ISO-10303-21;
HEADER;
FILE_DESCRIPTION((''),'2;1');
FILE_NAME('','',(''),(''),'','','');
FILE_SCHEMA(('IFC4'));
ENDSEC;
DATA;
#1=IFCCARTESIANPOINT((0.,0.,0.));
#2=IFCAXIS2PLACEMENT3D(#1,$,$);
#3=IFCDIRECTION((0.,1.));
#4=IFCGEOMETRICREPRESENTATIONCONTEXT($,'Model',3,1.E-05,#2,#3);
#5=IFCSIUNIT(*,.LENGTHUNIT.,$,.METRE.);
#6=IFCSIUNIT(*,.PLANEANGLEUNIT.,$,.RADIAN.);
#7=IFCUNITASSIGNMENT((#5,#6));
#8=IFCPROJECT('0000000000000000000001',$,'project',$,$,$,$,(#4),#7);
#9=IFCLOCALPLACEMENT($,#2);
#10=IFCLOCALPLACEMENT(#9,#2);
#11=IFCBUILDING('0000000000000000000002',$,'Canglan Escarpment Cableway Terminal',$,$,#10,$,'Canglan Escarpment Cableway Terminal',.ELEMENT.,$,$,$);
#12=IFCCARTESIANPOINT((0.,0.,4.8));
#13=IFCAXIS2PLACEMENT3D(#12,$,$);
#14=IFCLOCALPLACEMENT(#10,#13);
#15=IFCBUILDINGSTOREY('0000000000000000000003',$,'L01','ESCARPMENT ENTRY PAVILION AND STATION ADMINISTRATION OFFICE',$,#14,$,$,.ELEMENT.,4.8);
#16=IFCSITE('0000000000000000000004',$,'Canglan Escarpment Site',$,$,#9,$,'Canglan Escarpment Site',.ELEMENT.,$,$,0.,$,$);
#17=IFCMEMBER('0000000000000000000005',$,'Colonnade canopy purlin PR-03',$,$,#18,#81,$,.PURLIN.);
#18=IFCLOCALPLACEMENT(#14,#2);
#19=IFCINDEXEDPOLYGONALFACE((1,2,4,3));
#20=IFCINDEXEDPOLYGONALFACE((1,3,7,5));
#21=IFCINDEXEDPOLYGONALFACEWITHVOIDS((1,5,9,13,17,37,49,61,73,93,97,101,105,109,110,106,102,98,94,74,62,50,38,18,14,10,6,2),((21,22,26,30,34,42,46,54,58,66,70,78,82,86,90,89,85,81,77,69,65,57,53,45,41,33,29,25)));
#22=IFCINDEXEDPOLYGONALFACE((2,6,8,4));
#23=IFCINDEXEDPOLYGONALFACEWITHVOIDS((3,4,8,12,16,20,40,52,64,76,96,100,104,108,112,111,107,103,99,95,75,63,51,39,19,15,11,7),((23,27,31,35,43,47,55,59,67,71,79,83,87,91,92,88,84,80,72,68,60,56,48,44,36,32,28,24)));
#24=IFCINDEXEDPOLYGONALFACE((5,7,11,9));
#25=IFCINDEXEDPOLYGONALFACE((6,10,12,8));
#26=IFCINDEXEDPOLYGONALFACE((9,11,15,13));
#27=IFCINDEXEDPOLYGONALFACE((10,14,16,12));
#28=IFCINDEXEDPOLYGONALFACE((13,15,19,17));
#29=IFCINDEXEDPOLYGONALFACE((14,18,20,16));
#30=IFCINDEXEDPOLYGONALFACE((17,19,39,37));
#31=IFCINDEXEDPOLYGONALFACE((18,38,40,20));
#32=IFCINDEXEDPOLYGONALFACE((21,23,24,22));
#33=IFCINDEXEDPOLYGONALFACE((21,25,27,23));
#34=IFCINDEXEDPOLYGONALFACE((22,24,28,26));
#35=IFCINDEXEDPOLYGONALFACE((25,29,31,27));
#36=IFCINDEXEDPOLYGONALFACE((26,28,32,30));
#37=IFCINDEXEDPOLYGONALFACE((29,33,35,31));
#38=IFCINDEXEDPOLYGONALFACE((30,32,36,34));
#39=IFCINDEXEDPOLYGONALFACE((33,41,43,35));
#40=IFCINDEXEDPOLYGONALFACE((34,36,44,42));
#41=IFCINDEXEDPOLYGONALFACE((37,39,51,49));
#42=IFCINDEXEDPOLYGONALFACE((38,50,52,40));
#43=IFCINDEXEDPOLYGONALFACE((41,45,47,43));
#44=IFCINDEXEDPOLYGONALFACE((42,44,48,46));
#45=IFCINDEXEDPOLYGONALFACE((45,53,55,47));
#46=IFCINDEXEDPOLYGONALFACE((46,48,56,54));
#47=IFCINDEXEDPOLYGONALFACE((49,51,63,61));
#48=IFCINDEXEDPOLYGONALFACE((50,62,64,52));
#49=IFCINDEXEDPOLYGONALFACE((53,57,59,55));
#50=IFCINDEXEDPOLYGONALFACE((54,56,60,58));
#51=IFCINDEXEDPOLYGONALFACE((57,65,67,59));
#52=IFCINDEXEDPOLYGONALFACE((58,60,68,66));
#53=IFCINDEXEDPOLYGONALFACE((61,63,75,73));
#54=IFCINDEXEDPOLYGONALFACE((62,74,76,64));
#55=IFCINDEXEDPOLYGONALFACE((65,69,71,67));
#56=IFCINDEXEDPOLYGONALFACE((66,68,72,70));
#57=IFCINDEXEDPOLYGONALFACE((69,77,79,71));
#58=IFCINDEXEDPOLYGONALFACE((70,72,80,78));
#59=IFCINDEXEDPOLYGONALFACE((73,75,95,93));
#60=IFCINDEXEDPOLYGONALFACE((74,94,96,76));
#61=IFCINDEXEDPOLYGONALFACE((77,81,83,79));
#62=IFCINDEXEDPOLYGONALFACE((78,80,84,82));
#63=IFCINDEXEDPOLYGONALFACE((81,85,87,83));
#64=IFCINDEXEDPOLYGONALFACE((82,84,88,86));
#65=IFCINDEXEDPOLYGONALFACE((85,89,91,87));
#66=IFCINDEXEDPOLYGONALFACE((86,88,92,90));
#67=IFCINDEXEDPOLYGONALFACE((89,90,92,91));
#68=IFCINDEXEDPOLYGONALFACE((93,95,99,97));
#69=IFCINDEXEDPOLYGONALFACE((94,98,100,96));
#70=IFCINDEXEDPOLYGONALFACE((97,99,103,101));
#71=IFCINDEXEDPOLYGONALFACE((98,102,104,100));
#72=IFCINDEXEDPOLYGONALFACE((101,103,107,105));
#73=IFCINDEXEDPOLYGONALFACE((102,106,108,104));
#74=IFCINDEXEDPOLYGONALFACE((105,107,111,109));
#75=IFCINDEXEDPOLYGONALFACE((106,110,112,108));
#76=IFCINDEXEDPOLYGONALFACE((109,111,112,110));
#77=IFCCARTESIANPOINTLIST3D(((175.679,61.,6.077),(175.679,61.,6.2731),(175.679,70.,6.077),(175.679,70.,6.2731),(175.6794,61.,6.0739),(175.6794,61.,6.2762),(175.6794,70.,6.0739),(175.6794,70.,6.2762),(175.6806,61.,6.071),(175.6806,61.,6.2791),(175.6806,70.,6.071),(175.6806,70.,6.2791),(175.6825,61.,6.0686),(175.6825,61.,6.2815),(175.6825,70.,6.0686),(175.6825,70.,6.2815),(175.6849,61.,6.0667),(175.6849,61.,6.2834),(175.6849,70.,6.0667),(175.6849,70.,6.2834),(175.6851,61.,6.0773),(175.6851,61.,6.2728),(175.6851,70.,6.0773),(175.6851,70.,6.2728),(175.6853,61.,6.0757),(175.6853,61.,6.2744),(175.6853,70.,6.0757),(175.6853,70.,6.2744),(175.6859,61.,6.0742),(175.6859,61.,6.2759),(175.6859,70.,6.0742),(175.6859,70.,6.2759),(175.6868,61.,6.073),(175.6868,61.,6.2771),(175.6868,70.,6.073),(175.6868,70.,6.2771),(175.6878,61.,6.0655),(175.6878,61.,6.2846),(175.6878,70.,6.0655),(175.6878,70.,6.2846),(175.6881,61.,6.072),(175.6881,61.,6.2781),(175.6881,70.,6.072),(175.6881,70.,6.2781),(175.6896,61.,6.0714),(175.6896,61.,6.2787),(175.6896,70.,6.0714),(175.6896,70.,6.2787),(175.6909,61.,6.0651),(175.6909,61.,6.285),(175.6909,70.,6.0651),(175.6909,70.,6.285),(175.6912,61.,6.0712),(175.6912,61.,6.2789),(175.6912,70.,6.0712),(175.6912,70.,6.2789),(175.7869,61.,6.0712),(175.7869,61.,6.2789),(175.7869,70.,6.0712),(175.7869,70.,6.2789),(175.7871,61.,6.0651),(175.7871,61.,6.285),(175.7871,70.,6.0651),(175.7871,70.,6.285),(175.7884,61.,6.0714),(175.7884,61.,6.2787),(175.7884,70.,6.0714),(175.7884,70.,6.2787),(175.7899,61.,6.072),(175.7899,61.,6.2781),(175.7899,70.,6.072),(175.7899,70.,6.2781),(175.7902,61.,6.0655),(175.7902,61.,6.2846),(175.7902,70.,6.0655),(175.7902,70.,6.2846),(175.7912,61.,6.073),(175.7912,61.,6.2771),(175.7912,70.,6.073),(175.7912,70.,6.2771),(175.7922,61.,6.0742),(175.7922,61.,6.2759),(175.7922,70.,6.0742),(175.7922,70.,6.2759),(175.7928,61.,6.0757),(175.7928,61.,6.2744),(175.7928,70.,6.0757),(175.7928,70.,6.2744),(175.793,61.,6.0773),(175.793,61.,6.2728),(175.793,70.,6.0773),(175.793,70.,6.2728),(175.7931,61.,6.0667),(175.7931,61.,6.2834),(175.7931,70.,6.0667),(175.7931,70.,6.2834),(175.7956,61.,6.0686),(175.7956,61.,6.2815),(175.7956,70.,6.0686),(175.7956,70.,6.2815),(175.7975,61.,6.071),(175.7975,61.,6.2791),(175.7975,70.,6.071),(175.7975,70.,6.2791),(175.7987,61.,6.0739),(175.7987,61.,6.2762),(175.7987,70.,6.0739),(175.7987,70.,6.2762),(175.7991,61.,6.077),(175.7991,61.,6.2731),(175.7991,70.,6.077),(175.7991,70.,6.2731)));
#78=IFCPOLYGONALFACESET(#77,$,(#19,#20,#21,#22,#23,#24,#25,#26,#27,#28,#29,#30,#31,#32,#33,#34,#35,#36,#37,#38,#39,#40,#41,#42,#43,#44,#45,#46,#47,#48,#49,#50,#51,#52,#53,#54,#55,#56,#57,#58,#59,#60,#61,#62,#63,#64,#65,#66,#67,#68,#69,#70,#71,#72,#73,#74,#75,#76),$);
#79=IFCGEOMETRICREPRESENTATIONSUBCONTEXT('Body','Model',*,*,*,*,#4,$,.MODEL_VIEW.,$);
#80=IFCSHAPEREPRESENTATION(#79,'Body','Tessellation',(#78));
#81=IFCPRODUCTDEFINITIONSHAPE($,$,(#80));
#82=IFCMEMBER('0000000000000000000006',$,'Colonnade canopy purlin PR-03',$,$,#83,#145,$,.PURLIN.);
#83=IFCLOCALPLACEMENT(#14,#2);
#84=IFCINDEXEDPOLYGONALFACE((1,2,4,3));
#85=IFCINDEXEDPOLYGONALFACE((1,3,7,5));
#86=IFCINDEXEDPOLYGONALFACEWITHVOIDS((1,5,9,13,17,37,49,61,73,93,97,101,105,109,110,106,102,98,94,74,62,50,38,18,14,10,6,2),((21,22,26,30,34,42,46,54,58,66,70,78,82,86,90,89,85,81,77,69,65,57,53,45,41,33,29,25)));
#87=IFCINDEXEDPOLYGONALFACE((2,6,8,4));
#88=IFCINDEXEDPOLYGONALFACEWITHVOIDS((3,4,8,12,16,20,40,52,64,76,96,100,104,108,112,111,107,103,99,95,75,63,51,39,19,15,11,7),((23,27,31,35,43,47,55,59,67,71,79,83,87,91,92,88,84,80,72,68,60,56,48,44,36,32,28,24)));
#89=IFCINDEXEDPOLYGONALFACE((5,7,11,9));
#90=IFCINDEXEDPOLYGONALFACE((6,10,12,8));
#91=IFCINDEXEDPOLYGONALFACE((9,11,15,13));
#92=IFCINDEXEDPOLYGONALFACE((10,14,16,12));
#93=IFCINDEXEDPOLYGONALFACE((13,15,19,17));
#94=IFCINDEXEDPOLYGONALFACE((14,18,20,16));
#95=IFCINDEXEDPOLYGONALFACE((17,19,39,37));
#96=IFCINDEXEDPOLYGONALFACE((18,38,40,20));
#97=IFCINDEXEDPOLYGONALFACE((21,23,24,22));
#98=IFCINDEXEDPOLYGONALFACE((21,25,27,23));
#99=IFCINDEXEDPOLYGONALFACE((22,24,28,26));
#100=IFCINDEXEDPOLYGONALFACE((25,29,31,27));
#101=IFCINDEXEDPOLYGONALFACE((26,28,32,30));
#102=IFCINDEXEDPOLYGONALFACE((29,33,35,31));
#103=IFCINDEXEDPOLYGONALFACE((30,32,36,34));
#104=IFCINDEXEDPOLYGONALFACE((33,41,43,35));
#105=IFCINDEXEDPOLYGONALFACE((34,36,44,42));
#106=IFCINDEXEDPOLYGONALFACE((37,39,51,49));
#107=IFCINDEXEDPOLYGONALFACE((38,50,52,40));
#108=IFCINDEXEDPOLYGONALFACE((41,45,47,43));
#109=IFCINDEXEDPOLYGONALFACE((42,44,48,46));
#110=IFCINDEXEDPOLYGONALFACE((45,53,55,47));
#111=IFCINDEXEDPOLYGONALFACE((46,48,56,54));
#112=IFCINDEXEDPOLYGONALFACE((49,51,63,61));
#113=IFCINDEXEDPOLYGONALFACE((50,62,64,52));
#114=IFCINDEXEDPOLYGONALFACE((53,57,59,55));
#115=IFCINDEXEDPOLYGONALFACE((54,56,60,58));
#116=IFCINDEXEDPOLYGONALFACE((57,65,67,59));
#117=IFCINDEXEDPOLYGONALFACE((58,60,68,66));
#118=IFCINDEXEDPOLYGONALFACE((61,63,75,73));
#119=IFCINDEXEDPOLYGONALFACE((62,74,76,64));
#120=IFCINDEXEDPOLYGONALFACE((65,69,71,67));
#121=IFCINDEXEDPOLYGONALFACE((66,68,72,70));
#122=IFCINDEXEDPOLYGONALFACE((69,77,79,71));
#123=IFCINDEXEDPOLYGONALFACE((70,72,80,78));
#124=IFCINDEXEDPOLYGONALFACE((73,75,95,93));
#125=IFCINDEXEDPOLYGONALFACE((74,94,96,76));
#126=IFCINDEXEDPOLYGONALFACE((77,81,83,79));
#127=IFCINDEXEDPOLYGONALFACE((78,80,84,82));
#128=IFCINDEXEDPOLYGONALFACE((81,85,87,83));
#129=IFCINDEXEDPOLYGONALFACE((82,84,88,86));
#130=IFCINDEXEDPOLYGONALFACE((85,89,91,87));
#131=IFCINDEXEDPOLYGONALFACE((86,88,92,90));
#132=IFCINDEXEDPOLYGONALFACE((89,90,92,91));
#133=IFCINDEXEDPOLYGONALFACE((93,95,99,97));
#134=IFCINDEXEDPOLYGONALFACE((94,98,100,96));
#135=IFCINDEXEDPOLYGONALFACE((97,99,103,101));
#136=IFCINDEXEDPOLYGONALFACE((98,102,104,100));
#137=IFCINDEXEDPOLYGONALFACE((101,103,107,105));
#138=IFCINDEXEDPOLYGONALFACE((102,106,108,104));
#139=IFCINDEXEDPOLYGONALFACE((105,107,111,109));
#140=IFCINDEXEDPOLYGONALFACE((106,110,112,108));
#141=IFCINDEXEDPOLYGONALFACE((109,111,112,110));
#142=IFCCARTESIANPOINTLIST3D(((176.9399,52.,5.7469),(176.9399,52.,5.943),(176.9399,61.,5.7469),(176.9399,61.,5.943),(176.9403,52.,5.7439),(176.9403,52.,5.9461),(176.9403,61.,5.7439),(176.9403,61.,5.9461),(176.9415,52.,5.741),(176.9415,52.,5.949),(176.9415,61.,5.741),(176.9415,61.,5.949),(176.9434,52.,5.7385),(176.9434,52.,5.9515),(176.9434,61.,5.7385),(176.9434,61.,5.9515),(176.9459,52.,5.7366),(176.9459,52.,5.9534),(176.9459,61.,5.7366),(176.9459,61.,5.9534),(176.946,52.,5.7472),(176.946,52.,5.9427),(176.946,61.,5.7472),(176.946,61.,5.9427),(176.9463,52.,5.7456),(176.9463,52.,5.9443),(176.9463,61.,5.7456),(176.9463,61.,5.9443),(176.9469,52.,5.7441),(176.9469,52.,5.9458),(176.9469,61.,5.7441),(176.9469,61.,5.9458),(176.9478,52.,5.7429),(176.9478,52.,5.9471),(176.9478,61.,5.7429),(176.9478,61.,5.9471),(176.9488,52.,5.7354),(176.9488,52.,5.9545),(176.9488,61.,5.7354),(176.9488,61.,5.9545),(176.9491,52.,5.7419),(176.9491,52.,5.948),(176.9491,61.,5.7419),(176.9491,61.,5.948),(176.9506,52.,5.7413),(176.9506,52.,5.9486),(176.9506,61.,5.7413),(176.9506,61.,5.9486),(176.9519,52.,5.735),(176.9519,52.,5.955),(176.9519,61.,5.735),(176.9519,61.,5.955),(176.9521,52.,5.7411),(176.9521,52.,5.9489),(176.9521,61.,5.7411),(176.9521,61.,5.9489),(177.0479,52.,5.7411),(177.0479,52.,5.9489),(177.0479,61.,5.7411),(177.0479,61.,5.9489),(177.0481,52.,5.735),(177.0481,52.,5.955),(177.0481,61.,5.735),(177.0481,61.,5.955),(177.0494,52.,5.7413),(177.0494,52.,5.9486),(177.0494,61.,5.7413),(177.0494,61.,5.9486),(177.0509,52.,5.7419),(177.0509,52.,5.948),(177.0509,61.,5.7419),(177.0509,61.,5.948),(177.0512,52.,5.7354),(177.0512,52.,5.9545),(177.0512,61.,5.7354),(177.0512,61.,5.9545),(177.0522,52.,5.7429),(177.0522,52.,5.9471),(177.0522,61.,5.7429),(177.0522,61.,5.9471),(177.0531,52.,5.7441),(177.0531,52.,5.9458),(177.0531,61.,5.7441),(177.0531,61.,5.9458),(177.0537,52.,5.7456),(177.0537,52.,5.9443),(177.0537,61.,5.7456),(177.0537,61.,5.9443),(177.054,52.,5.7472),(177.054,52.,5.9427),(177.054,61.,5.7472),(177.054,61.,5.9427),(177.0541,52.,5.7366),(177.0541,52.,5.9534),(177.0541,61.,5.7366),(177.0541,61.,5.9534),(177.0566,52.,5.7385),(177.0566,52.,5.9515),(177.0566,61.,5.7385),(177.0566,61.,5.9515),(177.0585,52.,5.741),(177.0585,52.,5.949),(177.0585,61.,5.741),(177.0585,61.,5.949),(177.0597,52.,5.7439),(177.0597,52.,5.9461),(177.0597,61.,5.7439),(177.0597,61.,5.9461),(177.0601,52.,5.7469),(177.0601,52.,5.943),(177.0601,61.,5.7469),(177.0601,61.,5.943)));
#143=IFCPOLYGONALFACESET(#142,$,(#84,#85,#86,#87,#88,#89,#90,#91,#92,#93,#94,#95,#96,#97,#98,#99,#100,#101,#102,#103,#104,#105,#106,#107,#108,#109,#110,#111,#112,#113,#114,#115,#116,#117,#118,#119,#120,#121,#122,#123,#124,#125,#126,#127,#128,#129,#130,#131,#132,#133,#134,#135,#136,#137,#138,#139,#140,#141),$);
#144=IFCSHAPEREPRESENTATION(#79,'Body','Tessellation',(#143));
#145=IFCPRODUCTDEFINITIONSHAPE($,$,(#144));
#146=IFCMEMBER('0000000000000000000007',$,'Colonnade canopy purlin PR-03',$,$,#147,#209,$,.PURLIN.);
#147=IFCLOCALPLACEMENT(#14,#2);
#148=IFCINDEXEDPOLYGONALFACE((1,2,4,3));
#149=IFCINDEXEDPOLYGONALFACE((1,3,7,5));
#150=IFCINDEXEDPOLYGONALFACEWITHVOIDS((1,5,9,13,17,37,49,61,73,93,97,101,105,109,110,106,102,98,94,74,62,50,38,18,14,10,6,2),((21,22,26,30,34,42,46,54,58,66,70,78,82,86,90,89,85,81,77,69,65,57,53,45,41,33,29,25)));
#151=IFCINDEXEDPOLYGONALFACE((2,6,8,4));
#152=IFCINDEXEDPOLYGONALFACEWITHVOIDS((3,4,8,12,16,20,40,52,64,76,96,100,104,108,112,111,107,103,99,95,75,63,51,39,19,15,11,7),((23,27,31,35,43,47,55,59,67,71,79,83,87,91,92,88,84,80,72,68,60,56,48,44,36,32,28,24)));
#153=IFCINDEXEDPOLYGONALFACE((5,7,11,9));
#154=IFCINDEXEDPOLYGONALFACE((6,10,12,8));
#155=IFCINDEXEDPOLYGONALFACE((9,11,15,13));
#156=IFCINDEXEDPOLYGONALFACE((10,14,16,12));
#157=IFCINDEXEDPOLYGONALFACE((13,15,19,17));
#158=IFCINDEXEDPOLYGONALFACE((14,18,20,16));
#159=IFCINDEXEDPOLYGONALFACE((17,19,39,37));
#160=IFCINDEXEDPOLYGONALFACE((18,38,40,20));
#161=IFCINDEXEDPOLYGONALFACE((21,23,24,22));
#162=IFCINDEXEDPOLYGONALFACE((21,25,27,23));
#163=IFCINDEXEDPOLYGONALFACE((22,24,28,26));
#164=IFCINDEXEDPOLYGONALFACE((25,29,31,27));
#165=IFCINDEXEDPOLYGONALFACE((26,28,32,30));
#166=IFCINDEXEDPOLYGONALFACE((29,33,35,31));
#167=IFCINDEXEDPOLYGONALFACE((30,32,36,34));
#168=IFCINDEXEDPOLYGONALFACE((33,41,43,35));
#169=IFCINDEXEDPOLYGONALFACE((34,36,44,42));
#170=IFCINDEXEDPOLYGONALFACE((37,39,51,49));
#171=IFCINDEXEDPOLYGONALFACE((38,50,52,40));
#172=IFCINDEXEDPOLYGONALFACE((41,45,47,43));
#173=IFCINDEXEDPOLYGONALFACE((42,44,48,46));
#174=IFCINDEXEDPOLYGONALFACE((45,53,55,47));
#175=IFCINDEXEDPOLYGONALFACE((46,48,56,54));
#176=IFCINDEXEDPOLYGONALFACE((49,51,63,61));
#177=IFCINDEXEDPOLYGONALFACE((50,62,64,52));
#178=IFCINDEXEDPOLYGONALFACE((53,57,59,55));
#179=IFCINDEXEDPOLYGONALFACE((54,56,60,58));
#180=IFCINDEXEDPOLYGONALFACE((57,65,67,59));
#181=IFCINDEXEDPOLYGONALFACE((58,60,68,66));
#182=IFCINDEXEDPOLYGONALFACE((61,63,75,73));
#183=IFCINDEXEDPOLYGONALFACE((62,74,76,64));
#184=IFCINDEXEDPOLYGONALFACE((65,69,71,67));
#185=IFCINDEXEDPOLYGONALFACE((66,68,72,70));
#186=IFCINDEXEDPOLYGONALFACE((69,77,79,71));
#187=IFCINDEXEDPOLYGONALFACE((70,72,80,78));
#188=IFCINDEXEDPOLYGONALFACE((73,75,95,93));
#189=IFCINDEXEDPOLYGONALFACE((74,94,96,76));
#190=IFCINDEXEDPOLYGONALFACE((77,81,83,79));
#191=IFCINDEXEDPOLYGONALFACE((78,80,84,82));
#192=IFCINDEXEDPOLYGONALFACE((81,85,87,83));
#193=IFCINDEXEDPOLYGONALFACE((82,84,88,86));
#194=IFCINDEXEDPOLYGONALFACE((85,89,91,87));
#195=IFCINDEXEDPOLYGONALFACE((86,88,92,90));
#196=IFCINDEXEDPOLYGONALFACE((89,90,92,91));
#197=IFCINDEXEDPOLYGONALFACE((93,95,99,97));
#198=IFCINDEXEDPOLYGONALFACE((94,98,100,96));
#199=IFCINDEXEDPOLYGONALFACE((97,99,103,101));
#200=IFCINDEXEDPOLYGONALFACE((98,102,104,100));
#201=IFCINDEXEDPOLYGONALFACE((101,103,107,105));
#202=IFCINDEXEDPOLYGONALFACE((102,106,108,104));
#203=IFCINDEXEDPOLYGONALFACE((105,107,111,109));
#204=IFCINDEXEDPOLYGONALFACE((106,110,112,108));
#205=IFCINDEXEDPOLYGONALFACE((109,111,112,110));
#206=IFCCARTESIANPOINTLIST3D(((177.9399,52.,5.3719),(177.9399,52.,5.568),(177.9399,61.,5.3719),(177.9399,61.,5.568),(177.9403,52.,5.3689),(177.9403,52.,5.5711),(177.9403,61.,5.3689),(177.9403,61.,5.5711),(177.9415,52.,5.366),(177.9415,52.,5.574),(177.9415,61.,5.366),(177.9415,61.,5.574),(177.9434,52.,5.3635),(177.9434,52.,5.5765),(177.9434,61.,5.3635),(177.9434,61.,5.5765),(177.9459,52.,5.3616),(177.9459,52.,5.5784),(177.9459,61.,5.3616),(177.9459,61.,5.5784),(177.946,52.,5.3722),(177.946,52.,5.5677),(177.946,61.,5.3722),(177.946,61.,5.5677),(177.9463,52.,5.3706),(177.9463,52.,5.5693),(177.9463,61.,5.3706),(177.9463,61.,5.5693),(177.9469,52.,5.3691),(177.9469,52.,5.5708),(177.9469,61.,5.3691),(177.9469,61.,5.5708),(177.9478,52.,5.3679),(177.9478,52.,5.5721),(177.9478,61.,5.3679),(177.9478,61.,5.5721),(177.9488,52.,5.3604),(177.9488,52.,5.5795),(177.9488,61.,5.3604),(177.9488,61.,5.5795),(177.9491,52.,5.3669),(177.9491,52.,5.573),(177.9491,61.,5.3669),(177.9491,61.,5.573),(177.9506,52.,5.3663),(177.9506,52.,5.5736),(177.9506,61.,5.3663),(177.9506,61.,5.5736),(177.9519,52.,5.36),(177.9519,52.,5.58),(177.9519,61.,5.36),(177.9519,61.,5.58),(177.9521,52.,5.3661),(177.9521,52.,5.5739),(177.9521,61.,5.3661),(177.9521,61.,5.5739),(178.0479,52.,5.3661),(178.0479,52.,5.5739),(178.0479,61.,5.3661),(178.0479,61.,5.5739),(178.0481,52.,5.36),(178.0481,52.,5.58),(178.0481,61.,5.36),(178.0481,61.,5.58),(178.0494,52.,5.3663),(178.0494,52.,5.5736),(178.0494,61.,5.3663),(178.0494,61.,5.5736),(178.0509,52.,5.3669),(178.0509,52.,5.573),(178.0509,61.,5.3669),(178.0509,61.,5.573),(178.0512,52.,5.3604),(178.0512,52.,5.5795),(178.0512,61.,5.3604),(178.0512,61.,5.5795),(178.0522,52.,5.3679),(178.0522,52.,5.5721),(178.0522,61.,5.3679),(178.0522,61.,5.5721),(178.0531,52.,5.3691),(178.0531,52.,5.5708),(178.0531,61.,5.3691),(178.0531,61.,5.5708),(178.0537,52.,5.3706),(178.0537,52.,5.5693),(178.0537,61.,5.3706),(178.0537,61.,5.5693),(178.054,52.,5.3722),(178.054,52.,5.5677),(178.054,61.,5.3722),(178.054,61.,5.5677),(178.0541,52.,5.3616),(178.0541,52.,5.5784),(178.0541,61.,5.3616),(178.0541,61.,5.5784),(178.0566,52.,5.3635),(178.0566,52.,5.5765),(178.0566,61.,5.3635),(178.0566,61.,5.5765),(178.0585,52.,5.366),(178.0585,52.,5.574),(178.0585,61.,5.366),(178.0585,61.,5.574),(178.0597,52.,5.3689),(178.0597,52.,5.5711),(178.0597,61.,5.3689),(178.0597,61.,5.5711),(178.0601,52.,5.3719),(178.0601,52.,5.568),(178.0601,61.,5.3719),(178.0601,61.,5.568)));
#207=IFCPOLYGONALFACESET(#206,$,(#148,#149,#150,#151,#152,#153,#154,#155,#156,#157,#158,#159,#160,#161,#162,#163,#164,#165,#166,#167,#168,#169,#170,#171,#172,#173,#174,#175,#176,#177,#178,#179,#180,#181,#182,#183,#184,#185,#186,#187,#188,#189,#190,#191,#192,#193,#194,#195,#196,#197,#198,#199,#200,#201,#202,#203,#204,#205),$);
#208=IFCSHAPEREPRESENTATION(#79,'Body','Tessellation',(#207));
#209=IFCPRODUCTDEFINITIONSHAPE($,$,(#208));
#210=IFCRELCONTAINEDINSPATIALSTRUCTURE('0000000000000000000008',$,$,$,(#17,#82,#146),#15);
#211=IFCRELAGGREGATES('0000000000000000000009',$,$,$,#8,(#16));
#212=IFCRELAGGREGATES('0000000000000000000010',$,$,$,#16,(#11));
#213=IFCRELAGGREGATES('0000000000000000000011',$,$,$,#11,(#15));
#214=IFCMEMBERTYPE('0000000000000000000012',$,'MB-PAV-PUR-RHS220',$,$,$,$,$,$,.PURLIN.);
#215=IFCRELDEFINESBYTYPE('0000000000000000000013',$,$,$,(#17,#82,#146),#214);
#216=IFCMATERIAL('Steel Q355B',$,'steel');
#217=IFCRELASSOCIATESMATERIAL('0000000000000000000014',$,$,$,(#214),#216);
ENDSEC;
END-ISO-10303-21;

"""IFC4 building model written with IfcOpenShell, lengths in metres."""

from ifc_helpers import new_model, si_unit, direction, frame, origin, origin_2d, place, context, subcontext, project, spatial, hollow_rectangle, extrude, material, material_profile, profile_set, type_object, element, save


model = new_model("IFC4")

# Units and contexts
model_context = context("Model", 3, precision=1e-05, world=origin(), true_north=direction((0.0, 1.0)))
body_context = subcontext(model_context, "Body", "Model", "MODEL_VIEW")
ifc_project = project(units=[si_unit("LENGTHUNIT", "METRE"), si_unit("PLANEANGLEUNIT", "RADIAN")], contexts=[model_context])

# Site, building, storey
site_placement = place(None, origin())
site = spatial("IfcSite", under=ifc_project, at=site_placement, Name="Canglan Escarpment Site", LongName="Canglan Escarpment Site", CompositionType="ELEMENT", RefElevation=0.0)
building_placement = place(site_placement, origin())
building = spatial("IfcBuilding", under=site, at=building_placement, Name="Canglan Escarpment Cableway Terminal", LongName="Canglan Escarpment Cableway Terminal", CompositionType="ELEMENT")
storey_placement = place(building_placement, frame((0.0, 0.0, 4.8)))
storey = spatial("IfcBuildingStorey", under=building, at=storey_placement, Name="L01", Description="ESCARPMENT ENTRY PAVILION AND STATION ADMINISTRATION OFFICE", CompositionType="ELEMENT", Elevation=4.8)

# Shared definitions
ifc_material_1 = material(Name="Steel Q355B", Category="steel")

# Members
ifc_material_profile_1 = material_profile(ifc_material_1, hollow_rectangle(XDim=0.1201, YDim=0.22, WallThickness=0.0061, InnerFilletRadius=0.0061, OuterFilletRadius=0.012, at=origin_2d()), Name="RHS 220x120x6")
ifc_profile_set_1 = profile_set([ifc_material_profile_1], Name="Steel Q355B")
member_type_1 = type_object("IfcMemberType", Name="MB-PAV-PUR-RHS220", PredefinedType="PURLIN", material=ifc_profile_set_1)
for number, where, z_axis, x_axis, name in (
    (1, (175.739, 61.0, 6.175), (0.0, 1.0, 0.0), (-1.0, 0.0, 0.0), "Colonnade canopy purlin PR-03"),
    (2, (177.0, 52.0, 5.845), (0.0, 1.0, 0.0), (-1.0, 0.0, 0.0), "Colonnade canopy purlin PR-03"),
    (3, (178.0, 52.0, 5.47), (0.0, 1.0, 0.0), (-1.0, 0.0, 0.0), "Colonnade canopy purlin PR-03"),
):
    element("IfcMember", number, at=place(storey_placement, frame(where, z_axis=z_axis, x_axis=x_axis)), inside=storey, type_object=member_type_1, Name=name, PredefinedType="PURLIN", context=body_context, shape_type="SweptSolid", body=[
        extrude(hollow_rectangle(XDim=0.1201, YDim=0.22, WallThickness=0.0061, InnerFilletRadius=0.0061, OuterFilletRadius=0.012, at=origin_2d()), origin(), (0.0, 0.0, 1.0), 9.0),
    ])

save(model, "model.ifc")
